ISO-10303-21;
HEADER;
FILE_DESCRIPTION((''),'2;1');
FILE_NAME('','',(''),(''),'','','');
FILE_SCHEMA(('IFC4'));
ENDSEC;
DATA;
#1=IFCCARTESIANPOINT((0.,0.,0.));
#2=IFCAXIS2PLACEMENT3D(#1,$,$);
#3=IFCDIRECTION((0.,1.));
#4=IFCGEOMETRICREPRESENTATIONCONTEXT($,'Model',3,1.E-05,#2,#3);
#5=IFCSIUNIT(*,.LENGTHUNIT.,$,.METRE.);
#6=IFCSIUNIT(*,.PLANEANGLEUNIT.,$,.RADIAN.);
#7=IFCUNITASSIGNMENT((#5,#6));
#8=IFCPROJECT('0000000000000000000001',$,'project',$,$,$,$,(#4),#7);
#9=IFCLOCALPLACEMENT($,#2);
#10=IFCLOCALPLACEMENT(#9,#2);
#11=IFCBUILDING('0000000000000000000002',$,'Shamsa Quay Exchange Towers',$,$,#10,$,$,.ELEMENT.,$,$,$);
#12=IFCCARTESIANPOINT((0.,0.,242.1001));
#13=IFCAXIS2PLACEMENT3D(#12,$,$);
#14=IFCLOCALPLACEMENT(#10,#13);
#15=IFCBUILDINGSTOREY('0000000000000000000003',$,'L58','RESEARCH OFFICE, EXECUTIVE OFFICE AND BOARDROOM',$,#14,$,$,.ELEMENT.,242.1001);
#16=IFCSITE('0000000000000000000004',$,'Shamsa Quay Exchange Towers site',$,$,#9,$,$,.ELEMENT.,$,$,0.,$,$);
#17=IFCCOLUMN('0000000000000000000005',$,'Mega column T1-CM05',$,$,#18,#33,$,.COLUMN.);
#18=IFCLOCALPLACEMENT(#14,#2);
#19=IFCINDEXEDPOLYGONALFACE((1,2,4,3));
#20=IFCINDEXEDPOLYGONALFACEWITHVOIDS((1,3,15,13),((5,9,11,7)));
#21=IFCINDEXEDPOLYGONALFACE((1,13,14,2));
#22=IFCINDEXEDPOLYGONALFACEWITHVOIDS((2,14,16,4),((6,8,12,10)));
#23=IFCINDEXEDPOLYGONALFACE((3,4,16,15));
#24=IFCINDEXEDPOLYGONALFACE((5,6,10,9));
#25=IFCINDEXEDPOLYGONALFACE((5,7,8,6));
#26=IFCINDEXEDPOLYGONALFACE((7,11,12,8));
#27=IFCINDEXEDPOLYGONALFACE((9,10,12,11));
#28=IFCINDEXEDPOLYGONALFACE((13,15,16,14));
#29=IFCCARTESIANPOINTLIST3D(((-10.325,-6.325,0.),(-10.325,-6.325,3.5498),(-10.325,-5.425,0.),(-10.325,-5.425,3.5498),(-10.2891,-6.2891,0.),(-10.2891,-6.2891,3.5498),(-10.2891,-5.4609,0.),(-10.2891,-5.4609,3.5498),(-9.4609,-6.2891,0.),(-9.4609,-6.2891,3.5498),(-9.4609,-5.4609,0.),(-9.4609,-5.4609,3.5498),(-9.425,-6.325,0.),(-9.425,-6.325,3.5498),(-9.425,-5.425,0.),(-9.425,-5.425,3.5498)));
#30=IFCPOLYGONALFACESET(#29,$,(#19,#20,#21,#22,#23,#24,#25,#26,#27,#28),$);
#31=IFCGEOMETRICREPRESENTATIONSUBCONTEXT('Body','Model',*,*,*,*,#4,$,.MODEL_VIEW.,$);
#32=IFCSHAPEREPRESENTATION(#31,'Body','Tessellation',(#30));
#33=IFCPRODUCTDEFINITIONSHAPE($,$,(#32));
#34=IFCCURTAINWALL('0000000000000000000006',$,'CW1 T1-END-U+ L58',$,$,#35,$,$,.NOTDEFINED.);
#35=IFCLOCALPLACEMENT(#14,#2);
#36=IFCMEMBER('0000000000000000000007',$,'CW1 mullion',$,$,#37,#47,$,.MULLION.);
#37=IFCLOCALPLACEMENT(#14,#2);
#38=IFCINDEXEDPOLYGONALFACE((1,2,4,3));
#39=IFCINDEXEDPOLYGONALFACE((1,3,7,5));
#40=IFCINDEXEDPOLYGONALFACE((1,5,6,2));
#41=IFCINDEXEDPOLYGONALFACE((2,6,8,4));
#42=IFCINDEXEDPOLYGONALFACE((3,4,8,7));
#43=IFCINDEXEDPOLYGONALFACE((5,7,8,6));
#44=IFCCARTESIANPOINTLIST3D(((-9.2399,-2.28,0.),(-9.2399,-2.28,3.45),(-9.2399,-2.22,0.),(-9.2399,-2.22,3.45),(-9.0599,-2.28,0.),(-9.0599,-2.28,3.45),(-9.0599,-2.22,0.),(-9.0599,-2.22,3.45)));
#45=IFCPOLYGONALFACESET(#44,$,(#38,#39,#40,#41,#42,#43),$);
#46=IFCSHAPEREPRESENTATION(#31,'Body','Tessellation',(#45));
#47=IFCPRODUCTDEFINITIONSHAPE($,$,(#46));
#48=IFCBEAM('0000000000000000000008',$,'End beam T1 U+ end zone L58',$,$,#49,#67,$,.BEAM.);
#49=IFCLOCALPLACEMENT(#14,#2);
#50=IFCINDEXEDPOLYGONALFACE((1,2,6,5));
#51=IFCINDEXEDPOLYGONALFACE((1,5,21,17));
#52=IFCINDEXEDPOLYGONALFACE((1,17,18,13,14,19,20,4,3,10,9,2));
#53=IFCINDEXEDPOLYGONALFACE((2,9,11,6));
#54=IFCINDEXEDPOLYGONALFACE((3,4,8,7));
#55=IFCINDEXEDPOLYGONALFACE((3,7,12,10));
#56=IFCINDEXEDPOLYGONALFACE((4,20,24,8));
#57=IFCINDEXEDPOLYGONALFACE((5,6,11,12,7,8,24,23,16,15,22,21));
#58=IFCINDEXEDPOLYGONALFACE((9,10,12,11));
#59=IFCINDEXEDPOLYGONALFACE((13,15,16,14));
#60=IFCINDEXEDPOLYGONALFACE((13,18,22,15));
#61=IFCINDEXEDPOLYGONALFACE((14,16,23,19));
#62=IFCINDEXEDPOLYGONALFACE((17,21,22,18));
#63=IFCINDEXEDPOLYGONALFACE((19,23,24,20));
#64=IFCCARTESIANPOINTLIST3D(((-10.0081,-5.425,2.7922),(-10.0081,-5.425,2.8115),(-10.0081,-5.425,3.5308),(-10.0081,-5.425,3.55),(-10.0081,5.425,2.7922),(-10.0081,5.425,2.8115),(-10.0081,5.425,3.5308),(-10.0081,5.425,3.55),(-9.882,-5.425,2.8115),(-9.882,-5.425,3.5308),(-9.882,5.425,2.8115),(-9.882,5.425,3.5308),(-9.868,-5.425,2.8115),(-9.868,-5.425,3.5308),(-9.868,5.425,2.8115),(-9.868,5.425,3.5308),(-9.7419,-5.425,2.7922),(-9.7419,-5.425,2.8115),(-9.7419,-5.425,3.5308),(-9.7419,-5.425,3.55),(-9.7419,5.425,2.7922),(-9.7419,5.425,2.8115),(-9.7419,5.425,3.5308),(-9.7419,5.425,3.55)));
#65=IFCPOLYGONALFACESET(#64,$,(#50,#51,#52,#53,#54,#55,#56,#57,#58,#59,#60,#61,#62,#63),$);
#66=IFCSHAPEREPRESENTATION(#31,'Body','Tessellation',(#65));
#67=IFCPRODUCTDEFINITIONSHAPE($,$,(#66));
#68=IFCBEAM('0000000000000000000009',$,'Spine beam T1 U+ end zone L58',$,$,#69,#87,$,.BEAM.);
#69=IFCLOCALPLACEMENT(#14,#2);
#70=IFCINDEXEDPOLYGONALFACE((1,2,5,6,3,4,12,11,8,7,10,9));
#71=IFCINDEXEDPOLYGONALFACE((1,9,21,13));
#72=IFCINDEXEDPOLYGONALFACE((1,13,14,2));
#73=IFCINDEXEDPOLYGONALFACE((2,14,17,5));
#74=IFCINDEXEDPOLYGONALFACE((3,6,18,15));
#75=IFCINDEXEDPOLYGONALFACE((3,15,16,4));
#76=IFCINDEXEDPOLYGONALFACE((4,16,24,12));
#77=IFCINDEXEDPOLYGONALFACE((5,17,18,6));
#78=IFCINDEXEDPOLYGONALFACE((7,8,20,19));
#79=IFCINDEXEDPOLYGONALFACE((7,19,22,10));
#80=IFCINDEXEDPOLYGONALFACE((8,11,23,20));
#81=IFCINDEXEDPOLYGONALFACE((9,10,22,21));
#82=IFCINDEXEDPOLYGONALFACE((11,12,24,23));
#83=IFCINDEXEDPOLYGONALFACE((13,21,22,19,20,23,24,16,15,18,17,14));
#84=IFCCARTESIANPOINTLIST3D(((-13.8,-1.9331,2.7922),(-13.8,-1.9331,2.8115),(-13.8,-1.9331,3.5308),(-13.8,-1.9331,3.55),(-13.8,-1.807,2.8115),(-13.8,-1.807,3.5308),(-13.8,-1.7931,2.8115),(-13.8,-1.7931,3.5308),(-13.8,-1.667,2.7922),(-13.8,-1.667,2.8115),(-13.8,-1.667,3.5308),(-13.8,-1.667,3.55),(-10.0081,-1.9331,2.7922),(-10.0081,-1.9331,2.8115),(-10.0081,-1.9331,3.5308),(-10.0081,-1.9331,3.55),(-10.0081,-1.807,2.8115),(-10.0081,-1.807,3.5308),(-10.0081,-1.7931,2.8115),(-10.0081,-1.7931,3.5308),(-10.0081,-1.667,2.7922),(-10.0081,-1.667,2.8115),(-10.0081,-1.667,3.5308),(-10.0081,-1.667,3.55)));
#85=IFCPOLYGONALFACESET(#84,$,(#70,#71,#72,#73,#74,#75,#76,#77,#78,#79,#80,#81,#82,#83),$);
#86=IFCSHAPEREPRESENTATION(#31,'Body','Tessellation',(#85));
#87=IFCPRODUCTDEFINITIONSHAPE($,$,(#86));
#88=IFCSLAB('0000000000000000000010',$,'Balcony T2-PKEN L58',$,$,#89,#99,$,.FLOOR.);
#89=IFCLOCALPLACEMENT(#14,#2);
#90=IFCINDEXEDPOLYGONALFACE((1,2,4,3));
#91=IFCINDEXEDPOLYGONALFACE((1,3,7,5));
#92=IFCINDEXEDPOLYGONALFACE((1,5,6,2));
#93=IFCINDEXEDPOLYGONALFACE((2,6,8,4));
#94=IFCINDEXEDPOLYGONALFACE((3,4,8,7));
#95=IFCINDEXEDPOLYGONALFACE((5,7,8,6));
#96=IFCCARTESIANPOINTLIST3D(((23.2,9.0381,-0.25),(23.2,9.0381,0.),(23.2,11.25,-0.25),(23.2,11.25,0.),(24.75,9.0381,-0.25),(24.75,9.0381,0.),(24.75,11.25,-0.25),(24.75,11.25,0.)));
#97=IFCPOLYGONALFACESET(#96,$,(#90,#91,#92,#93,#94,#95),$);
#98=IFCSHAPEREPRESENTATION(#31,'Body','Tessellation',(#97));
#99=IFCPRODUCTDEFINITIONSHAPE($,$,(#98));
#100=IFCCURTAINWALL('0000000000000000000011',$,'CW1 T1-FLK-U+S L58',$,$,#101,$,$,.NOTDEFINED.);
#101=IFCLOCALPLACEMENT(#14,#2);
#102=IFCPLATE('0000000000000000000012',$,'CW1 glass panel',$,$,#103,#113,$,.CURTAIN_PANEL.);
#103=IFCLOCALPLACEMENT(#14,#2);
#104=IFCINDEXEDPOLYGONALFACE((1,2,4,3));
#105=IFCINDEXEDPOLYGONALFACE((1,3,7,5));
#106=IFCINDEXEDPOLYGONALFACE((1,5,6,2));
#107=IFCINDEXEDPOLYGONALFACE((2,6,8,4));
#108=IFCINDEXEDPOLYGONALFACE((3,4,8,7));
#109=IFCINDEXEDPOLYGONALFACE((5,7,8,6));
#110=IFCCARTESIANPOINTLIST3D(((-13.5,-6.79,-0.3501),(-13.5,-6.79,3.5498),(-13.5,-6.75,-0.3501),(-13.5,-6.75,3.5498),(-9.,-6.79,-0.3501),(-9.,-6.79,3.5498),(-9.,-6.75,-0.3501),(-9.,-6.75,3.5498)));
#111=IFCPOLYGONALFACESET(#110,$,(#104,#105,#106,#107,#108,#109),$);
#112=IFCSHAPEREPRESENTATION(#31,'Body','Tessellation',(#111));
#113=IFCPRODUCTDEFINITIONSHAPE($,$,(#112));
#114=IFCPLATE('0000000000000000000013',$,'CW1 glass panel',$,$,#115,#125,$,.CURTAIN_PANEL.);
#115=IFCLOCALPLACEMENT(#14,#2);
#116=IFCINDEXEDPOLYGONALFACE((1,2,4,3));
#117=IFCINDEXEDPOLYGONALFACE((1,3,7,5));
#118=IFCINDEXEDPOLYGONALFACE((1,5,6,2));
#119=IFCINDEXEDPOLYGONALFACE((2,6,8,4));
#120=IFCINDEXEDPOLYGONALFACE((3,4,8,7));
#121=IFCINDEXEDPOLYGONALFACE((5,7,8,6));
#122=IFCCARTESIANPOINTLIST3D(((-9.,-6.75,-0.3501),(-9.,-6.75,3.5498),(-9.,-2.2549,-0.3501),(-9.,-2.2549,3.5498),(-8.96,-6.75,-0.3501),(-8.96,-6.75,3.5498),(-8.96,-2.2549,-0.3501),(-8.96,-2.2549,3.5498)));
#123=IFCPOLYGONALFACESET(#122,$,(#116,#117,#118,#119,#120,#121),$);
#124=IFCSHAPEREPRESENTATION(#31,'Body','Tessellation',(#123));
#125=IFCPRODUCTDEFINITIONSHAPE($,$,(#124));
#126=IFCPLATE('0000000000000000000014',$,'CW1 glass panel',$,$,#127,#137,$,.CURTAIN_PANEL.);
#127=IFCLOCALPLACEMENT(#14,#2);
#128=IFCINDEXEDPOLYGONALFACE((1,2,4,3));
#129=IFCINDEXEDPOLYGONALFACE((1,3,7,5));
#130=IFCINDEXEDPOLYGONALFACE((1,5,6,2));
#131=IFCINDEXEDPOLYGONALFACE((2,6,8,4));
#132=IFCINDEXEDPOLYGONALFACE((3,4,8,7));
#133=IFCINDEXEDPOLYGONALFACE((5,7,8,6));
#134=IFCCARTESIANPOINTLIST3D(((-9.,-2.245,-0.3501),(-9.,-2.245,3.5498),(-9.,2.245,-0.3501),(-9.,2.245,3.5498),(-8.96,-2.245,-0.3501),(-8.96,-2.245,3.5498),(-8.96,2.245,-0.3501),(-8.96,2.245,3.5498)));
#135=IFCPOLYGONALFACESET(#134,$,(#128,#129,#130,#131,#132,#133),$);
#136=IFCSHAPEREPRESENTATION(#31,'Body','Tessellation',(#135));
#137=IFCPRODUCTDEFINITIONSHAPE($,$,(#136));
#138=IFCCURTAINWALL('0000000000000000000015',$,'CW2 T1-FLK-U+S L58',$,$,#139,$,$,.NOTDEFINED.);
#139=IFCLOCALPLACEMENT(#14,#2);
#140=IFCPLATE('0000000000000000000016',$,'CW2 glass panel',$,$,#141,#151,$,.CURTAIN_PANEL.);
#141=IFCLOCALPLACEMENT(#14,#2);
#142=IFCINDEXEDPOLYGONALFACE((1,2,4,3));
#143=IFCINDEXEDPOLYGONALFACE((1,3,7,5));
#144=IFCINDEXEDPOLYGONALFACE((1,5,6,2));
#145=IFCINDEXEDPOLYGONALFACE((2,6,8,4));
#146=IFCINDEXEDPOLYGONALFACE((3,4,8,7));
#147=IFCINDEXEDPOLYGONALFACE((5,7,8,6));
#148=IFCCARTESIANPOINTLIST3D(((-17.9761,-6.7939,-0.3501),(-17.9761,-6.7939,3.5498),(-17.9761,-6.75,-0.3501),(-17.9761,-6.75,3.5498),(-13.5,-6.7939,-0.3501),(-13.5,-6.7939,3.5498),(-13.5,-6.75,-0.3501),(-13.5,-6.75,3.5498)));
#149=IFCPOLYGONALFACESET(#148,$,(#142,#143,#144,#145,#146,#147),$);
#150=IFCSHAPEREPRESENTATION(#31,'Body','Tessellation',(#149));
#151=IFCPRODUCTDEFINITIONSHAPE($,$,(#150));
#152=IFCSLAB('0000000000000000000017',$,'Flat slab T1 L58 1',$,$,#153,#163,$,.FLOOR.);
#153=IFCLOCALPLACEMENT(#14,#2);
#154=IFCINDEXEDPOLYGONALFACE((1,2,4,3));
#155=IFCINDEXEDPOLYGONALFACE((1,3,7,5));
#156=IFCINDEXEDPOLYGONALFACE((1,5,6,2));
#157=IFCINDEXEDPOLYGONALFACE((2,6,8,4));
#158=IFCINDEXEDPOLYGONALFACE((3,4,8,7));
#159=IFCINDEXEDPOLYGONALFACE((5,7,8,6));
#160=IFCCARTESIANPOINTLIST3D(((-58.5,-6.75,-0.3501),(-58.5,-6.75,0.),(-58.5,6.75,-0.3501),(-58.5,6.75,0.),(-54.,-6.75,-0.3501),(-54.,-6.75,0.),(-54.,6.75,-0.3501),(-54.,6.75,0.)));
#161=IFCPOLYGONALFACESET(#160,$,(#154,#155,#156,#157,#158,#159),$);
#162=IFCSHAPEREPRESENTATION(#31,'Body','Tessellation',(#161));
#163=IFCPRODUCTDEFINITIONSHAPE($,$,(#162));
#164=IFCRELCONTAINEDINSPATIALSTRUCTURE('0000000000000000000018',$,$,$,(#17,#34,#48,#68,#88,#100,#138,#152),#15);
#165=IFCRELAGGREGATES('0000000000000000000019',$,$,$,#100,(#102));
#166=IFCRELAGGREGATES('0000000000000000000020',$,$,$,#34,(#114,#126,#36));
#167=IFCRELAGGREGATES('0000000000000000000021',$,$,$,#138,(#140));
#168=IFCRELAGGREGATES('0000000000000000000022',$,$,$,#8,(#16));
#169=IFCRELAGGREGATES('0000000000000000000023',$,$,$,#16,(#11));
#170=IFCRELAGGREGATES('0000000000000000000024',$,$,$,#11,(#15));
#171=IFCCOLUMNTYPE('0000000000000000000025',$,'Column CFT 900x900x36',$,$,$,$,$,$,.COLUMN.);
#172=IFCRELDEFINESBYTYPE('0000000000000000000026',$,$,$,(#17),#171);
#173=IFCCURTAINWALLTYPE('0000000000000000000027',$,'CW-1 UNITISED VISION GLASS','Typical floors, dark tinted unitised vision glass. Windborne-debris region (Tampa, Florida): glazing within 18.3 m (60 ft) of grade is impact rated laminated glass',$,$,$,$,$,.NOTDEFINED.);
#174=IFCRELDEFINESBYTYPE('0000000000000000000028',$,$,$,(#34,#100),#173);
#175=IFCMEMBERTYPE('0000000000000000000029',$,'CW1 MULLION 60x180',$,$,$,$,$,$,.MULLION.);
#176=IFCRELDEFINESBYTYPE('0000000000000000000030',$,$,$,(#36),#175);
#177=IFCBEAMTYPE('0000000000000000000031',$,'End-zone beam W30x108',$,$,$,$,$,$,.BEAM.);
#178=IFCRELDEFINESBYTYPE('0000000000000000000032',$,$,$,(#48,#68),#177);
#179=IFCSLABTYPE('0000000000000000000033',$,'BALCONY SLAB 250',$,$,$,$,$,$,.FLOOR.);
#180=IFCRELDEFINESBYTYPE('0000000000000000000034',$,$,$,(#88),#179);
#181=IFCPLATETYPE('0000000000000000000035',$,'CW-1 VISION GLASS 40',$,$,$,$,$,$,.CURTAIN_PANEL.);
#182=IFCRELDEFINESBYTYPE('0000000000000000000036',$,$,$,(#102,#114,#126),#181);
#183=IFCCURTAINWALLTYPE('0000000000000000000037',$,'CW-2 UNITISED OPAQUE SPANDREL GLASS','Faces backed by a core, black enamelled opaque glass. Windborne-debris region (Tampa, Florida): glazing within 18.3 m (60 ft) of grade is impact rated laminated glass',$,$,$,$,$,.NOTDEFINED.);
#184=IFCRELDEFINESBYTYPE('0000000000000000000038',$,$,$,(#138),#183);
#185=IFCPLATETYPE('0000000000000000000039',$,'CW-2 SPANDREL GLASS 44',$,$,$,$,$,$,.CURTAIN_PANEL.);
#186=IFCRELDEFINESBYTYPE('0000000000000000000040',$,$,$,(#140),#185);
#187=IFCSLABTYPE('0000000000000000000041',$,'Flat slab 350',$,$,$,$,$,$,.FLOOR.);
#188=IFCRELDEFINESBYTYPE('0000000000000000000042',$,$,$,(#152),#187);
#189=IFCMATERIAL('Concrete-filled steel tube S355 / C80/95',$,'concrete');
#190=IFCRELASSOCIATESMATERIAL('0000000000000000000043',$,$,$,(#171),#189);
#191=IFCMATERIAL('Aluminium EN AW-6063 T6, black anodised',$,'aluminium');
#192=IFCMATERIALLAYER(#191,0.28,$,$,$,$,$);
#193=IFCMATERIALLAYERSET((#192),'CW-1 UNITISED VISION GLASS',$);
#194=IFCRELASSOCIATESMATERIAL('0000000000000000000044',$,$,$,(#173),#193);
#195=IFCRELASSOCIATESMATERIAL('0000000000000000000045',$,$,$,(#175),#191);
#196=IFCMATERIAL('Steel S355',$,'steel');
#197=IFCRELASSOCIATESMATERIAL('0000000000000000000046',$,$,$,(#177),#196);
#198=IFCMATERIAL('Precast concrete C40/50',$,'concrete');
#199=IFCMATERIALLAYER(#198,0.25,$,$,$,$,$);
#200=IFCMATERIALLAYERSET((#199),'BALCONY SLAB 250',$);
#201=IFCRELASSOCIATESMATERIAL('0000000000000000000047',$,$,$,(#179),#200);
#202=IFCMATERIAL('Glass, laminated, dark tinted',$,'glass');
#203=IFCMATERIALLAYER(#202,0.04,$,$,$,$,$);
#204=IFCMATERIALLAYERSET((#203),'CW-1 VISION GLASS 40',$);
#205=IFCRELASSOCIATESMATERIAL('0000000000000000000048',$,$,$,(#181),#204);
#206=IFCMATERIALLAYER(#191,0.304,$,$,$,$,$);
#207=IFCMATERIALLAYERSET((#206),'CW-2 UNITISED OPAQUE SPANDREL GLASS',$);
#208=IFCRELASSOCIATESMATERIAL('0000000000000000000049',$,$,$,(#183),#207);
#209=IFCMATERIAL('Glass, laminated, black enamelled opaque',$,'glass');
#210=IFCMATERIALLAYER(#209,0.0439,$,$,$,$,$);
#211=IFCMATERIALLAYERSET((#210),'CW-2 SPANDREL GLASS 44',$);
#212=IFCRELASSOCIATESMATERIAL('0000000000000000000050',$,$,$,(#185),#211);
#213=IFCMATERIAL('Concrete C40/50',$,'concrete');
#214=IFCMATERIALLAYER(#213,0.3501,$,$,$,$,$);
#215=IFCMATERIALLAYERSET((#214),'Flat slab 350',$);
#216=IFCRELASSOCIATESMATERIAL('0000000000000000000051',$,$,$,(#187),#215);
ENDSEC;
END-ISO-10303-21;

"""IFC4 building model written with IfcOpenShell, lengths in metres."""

from ifc_helpers import new_model, si_unit, direction, frame, origin, origin_2d, place, context, subcontext, project, spatial, polyline, rectangle, hollow_rectangle, i_section, outline, extrude, material, layer, layer_set, material_profile, profile_set, type_object, element, aggregate, save


model = new_model("IFC4")

# Units and contexts
model_context = context("Model", 3, precision=1e-05, world=origin(), true_north=direction((0.0, 1.0)))
body_context = subcontext(model_context, "Body", "Model", "MODEL_VIEW")
ifc_project = project(units=[si_unit("LENGTHUNIT", "METRE"), si_unit("PLANEANGLEUNIT", "RADIAN")], contexts=[model_context])

# Site, building, storey
site_placement = place(None, origin())
site = spatial("IfcSite", under=ifc_project, at=site_placement, Name="Shamsa Quay Exchange Towers site", CompositionType="ELEMENT", RefElevation=0.0)
building_placement = place(site_placement, origin())
building = spatial("IfcBuilding", under=site, at=building_placement, Name="Shamsa Quay Exchange Towers", CompositionType="ELEMENT")
storey_placement = place(building_placement, frame((0.0, 0.0, 242.1001)))
storey = spatial("IfcBuildingStorey", under=building, at=storey_placement, Name="L58", Description="RESEARCH OFFICE, EXECUTIVE OFFICE AND BOARDROOM", CompositionType="ELEMENT", Elevation=242.1001)

# Column
ifc_material_1 = material(Name="Concrete-filled steel tube S355 / C80/95", Category="concrete")
ifc_material_profile_1 = material_profile(ifc_material_1, hollow_rectangle(XDim=0.8999, YDim=0.8999, WallThickness=0.0359, at=origin_2d()), Name="CFT 900x900x36")
ifc_profile_set_1 = profile_set([ifc_material_profile_1], Name="Concrete-filled steel tube S355 / C80/95")
column_type = type_object("IfcColumnType", Name="Column CFT 900x900x36", PredefinedType="COLUMN", material=ifc_profile_set_1)
column_placement = place(storey_placement, frame((-9.875, -5.875, 0.0)))
element("IfcColumn", 1, at=column_placement, inside=storey, type_object=column_type, Name="Mega column T1-CM05", PredefinedType="COLUMN", context=body_context, shape_type="SweptSolid", body=[
    extrude(hollow_rectangle(XDim=0.8999, YDim=0.8999, WallThickness=0.0359, at=origin_2d()), origin(), (0.0, 0.0, 1.0), 3.5498),
])

# Curtain wall, member
ifc_material_2 = material(Name="Aluminium EN AW-6063 T6, black anodised", Category="aluminium")
ifc_layer_1 = layer(ifc_material_2, 0.28)
ifc_layer_set_1 = layer_set([ifc_layer_1], Name="CW-1 UNITISED VISION GLASS")
curtain_wall_type_1 = type_object("IfcCurtainWallType", Name="CW-1 UNITISED VISION GLASS", Description="Typical floors, dark tinted unitised vision glass. Windborne-debris region (Tampa, Florida): glazing within 18.3 m (60 ft) of grade is impact rated laminated glass", PredefinedType="NOTDEFINED", material=ifc_layer_set_1)
curtain_wall_1_placement = place(storey_placement, origin())
curtain_wall_1 = element("IfcCurtainWall", 2, at=curtain_wall_1_placement, inside=storey, type_object=curtain_wall_type_1, Name="CW1 T1-END-U+ L58", PredefinedType="NOTDEFINED")
ifc_material_profile_2 = material_profile(ifc_material_2, rectangle(XDim=0.1799, YDim=0.0601, at=origin_2d()), Name="MU60x180")
ifc_profile_set_2 = profile_set([ifc_material_profile_2], Name="Aluminium EN AW-6063 T6, black anodised")
member_type = type_object("IfcMemberType", Name="CW1 MULLION 60x180", PredefinedType="MULLION", material=ifc_profile_set_2)
member_placement = place(storey_placement, frame((-9.1499, -2.25, 0.0), z_axis=(0.0, 0.0, 1.0), x_axis=(-1.0, 0.0, 0.0)))
member = element("IfcMember", 3, at=member_placement, type_object=member_type, Name="CW1 mullion", PredefinedType="MULLION", context=body_context, shape_type="SweptSolid", body=[
    extrude(rectangle(XDim=0.1799, YDim=0.0601, at=origin_2d()), origin(), (0.0, 0.0, 1.0), 3.45),
])

# Beams
ifc_material_3 = material(Name="Steel S355", Category="steel")
ifc_material_profile_3 = material_profile(ifc_material_3, i_section(OverallWidth=0.2661, OverallDepth=0.7578, WebThickness=0.0139, FlangeThickness=0.0193, at=origin_2d()), Name="W30x108")
ifc_profile_set_3 = profile_set([ifc_material_profile_3], Name="Steel S355")
beam_type = type_object("IfcBeamType", Name="End-zone beam W30x108", PredefinedType="BEAM", material=ifc_profile_set_3)
beam_1_placement = place(storey_placement, frame((-9.875, -5.425, 3.1711), z_axis=(0.0, 1.0, 0.0), x_axis=(-1.0, 0.0, 0.0)))
element("IfcBeam", 4, at=beam_1_placement, inside=storey, type_object=beam_type, Name="End beam T1 U+ end zone L58", PredefinedType="BEAM", context=body_context, shape_type="SweptSolid", body=[
    extrude(i_section(OverallWidth=0.2661, OverallDepth=0.7578, WebThickness=0.0139, FlangeThickness=0.0193, at=origin_2d()), origin(), (0.0, 0.0, 1.0), 10.8501),
])
beam_2_placement = place(storey_placement, frame((-13.8, -1.8, 3.1711), z_axis=(1.0, 0.0, 0.0), x_axis=(0.0, 1.0, 0.0)))
element("IfcBeam", 5, at=beam_2_placement, inside=storey, type_object=beam_type, Name="Spine beam T1 U+ end zone L58", PredefinedType="BEAM", context=body_context, shape_type="SweptSolid", body=[
    extrude(i_section(OverallWidth=0.2661, OverallDepth=0.7578, WebThickness=0.0139, FlangeThickness=0.0193, at=origin_2d()), origin(), (0.0, 0.0, 1.0), 3.792),
])

# Slab
ifc_material_4 = material(Name="Precast concrete C40/50", Category="concrete")
ifc_layer_2 = layer(ifc_material_4, 0.25)
ifc_layer_set_2 = layer_set([ifc_layer_2], Name="BALCONY SLAB 250")
slab_type_1 = type_object("IfcSlabType", Name="BALCONY SLAB 250", PredefinedType="FLOOR", material=ifc_layer_set_2)
slab_1_placement = place(storey_placement, frame((0.0, 0.0, -0.25)))
element("IfcSlab", 6, at=slab_1_placement, inside=storey, type_object=slab_type_1, Name="Balcony T2-PKEN L58", PredefinedType="FLOOR", context=body_context, shape_type="SweptSolid", body=[
    extrude(outline(polyline([(24.75, 11.25), (24.75, 9.0381), (23.2, 9.0381), (23.2, 11.25), (24.75, 11.25)])), origin(), (0.0, 0.0, 1.0), 0.25),
])

# Curtain wall, plate
curtain_wall_2_placement = place(storey_placement, origin())
curtain_wall_2 = element("IfcCurtainWall", 7, at=curtain_wall_2_placement, inside=storey, type_object=curtain_wall_type_1, Name="CW1 T1-FLK-U+S L58", PredefinedType="NOTDEFINED")
ifc_material_5 = material(Name="Glass, laminated, dark tinted", Category="glass")
ifc_layer_3 = layer(ifc_material_5, 0.04)
ifc_layer_set_3 = layer_set([ifc_layer_3], Name="CW-1 VISION GLASS 40")
plate_type_1 = type_object("IfcPlateType", Name="CW-1 VISION GLASS 40", PredefinedType="CURTAIN_PANEL", material=ifc_layer_set_3)
plate_1_placement = place(storey_placement, frame((-11.25, -6.77, -0.3501)))
plate_1 = element("IfcPlate", 8, at=plate_1_placement, type_object=plate_type_1, Name="CW1 glass panel", PredefinedType="CURTAIN_PANEL", context=body_context, shape_type="SweptSolid", body=[
    extrude(rectangle(XDim=4.5, YDim=0.04, at=origin_2d()), origin(), (0.0, 0.0, 1.0), 3.8999),
])
aggregate(curtain_wall_2, [plate_1])

# Plates
plate_2_placement = place(storey_placement, frame((-8.98, -4.5024, -0.3501), z_axis=(0.0, 0.0, 1.0), x_axis=(0.0, 1.0, 0.0)))
plate_2 = element("IfcPlate", 9, at=plate_2_placement, type_object=plate_type_1, Name="CW1 glass panel", PredefinedType="CURTAIN_PANEL", context=body_context, shape_type="SweptSolid", body=[
    extrude(rectangle(XDim=4.4951, YDim=0.04, at=origin_2d()), origin(), (0.0, 0.0, 1.0), 3.8999),
])
plate_3_placement = place(storey_placement, frame((-8.98, 0.0, -0.3501), z_axis=(0.0, 0.0, 1.0), x_axis=(0.0, 1.0, 0.0)))
plate_3 = element("IfcPlate", 10, at=plate_3_placement, type_object=plate_type_1, Name="CW1 glass panel", PredefinedType="CURTAIN_PANEL", context=body_context, shape_type="SweptSolid", body=[
    extrude(rectangle(XDim=4.49, YDim=0.04, at=origin_2d()), origin(), (0.0, 0.0, 1.0), 3.8999),
])
aggregate(curtain_wall_1, [plate_2, plate_3, member])

# Curtain wall, plate
ifc_layer_4 = layer(ifc_material_2, 0.304)
ifc_layer_set_4 = layer_set([ifc_layer_4], Name="CW-2 UNITISED OPAQUE SPANDREL GLASS")
curtain_wall_type_2 = type_object("IfcCurtainWallType", Name="CW-2 UNITISED OPAQUE SPANDREL GLASS", Description="Faces backed by a core, black enamelled opaque glass. Windborne-debris region (Tampa, Florida): glazing within 18.3 m (60 ft) of grade is impact rated laminated glass", PredefinedType="NOTDEFINED", material=ifc_layer_set_4)
curtain_wall_3_placement = place(storey_placement, origin())
curtain_wall_3 = element("IfcCurtainWall", 11, at=curtain_wall_3_placement, inside=storey, type_object=curtain_wall_type_2, Name="CW2 T1-FLK-U+S L58", PredefinedType="NOTDEFINED")
ifc_material_6 = material(Name="Glass, laminated, black enamelled opaque", Category="glass")
ifc_layer_5 = layer(ifc_material_6, 0.0439)
ifc_layer_set_5 = layer_set([ifc_layer_5], Name="CW-2 SPANDREL GLASS 44")
plate_type_2 = type_object("IfcPlateType", Name="CW-2 SPANDREL GLASS 44", PredefinedType="CURTAIN_PANEL", material=ifc_layer_set_5)
plate_4_placement = place(storey_placement, frame((-15.738, -6.772, -0.3501)))
plate_4 = element("IfcPlate", 12, at=plate_4_placement, type_object=plate_type_2, Name="CW2 glass panel", PredefinedType="CURTAIN_PANEL", context=body_context, shape_type="SweptSolid", body=[
    extrude(rectangle(XDim=4.4761, YDim=0.0439, at=origin_2d()), origin(), (0.0, 0.0, 1.0), 3.8999),
])
aggregate(curtain_wall_3, [plate_4])

# Slab
ifc_material_7 = material(Name="Concrete C40/50", Category="concrete")
ifc_layer_6 = layer(ifc_material_7, 0.3501)
ifc_layer_set_6 = layer_set([ifc_layer_6], Name="Flat slab 350")
slab_type_2 = type_object("IfcSlabType", Name="Flat slab 350", PredefinedType="FLOOR", material=ifc_layer_set_6)
slab_2_placement = place(storey_placement, frame((0.0, 0.0, -0.3501)))
element("IfcSlab", 13, at=slab_2_placement, inside=storey, type_object=slab_type_2, Name="Flat slab T1 L58 1", PredefinedType="FLOOR", context=body_context, shape_type="SweptSolid", body=[
    extrude(outline(polyline([(-58.5, -6.75), (-54.0, -6.75), (-54.0, 6.75), (-58.5, 6.75), (-58.5, -6.75)])), origin(), (0.0, 0.0, 1.0), 0.3501),
])

save(model, "model.ifc")
